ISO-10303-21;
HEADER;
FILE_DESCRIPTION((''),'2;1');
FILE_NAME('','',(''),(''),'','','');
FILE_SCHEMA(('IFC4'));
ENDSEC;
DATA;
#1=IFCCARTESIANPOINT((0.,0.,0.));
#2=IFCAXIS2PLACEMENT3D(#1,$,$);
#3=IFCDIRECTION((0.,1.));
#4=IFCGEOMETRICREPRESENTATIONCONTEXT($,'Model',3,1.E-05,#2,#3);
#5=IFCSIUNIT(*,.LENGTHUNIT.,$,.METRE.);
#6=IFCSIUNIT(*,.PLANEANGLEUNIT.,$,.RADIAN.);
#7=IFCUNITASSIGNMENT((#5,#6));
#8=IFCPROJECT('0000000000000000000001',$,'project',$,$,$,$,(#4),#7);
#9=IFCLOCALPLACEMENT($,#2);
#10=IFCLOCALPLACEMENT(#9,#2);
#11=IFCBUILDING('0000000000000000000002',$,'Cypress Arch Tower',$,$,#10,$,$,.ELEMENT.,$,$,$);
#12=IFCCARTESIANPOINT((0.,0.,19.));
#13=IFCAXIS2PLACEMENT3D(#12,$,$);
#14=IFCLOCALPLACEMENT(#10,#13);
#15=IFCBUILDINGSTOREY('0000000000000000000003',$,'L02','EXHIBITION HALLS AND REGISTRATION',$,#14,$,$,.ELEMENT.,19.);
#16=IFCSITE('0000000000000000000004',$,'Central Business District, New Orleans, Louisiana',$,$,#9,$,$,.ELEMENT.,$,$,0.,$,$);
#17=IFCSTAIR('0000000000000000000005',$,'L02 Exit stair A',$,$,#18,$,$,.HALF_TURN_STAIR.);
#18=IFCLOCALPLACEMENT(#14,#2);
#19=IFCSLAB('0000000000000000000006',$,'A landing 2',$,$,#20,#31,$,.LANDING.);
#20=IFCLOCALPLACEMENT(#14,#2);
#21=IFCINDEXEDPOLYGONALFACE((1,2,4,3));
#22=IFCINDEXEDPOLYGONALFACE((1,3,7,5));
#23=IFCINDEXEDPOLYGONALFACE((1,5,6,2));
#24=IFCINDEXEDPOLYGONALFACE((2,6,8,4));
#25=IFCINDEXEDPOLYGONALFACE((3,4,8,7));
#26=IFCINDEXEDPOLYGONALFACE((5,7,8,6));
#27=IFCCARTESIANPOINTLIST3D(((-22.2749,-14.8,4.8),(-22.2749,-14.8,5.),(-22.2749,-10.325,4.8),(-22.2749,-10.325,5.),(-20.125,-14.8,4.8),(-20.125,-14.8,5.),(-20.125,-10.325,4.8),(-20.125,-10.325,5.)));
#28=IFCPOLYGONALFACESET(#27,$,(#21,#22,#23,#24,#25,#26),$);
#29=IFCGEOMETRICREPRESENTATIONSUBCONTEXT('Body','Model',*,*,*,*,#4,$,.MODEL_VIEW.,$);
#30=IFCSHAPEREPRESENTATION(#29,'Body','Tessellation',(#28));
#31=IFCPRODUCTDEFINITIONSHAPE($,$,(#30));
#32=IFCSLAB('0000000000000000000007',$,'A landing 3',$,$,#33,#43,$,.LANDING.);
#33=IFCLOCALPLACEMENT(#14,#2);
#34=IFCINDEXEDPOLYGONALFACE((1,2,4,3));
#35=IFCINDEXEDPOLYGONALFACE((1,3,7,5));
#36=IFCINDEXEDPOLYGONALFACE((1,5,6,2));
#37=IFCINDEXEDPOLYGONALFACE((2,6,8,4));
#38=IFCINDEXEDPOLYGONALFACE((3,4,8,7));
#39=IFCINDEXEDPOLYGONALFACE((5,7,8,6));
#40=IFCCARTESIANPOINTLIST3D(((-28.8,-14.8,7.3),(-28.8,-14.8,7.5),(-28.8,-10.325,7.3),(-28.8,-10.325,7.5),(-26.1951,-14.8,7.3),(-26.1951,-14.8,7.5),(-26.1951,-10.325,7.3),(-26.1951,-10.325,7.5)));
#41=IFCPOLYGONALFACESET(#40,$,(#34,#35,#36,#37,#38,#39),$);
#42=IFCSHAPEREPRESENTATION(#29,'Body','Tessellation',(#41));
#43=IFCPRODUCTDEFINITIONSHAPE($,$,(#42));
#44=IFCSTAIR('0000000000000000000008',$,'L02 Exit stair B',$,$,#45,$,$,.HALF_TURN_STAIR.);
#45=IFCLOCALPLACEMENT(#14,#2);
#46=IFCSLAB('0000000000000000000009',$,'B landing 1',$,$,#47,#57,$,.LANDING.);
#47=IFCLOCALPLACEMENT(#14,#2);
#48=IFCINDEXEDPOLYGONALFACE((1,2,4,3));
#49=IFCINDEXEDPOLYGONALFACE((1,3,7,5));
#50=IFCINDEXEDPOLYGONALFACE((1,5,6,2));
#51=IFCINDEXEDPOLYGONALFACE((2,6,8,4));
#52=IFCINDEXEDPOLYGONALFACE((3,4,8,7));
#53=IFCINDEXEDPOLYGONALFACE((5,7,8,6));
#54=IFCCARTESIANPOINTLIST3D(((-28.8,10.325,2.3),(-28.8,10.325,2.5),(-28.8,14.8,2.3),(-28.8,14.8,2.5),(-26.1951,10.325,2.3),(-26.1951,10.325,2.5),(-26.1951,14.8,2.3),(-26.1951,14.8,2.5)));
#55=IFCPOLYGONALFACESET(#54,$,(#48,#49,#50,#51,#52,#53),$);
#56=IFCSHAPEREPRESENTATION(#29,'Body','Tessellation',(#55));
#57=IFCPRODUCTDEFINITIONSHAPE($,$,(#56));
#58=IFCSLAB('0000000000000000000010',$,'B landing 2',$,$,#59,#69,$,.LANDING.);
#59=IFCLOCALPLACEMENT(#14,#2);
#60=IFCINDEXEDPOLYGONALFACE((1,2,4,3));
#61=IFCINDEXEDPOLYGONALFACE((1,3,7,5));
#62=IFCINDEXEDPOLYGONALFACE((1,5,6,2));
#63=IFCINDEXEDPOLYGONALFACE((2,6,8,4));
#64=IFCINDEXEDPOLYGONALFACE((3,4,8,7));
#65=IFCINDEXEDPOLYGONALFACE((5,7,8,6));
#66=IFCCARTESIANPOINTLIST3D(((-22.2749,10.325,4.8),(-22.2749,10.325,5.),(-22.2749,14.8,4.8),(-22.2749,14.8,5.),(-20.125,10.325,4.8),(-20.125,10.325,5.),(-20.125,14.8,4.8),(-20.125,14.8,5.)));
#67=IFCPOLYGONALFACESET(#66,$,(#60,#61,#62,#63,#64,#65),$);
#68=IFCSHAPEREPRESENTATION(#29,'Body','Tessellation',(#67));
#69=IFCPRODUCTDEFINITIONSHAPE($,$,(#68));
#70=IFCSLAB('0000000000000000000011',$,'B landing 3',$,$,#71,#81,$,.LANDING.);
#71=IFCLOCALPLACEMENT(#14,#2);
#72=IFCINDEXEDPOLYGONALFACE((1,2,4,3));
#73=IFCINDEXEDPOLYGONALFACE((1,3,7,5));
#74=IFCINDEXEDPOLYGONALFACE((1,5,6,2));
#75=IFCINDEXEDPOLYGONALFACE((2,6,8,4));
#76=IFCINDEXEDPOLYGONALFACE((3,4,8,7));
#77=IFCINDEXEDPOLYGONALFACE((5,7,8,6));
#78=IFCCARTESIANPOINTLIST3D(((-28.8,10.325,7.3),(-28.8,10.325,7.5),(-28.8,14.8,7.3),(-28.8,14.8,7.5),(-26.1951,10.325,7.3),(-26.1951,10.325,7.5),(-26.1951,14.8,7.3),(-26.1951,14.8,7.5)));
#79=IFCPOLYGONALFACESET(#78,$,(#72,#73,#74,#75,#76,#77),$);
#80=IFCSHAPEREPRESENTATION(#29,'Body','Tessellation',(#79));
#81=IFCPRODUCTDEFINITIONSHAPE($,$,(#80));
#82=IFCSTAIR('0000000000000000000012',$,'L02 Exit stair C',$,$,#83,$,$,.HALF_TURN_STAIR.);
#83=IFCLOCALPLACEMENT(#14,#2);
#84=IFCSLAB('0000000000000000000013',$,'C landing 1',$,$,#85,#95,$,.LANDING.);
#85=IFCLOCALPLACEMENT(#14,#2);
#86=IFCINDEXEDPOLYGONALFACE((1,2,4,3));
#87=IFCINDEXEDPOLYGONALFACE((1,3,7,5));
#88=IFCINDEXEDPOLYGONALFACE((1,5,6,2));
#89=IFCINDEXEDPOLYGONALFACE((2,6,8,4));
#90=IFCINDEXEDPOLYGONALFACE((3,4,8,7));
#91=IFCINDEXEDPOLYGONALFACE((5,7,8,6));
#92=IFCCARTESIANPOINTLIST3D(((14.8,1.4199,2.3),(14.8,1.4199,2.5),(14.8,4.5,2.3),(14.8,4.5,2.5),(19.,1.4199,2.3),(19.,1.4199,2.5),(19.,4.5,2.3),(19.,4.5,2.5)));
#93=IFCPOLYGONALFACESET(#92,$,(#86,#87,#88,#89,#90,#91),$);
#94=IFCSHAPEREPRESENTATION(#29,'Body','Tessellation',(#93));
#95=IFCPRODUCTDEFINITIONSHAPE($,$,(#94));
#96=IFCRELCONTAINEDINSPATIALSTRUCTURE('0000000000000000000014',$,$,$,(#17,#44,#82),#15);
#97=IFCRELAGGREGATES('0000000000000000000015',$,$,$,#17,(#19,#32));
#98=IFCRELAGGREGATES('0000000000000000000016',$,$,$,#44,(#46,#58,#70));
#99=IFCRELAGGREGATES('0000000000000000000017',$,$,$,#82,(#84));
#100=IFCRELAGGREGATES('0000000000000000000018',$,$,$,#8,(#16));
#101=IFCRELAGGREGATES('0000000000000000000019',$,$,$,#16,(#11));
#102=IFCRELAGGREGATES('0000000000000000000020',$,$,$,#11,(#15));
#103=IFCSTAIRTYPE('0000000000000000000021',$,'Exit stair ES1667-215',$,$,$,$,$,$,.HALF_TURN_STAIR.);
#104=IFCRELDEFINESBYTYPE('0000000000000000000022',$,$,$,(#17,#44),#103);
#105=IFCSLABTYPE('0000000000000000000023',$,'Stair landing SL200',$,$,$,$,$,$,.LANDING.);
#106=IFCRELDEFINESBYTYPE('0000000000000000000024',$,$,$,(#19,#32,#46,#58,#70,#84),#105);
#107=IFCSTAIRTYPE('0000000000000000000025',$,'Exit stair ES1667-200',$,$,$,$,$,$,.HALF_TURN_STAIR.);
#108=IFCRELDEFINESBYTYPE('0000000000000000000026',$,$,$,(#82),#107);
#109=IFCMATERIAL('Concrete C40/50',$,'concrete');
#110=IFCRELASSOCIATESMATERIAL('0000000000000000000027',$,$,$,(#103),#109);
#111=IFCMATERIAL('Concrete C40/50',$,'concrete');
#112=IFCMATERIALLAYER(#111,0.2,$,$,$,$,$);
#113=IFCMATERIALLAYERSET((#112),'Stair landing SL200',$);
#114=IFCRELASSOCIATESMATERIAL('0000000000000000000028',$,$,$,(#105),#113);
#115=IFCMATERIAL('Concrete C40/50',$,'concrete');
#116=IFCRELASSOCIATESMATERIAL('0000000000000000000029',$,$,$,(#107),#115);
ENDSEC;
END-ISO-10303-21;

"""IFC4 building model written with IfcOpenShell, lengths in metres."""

from ifc_helpers import new_model, si_unit, direction, frame, origin, place, context, subcontext, project, spatial, polyline, outline, extrude, material, layer, layer_set, type_object, element, aggregate, save


model = new_model("IFC4")

# Units and contexts
model_context = context("Model", 3, precision=1e-05, world=origin(), true_north=direction((0.0, 1.0)))
body_context = subcontext(model_context, "Body", "Model", "MODEL_VIEW")
ifc_project = project(units=[si_unit("LENGTHUNIT", "METRE"), si_unit("PLANEANGLEUNIT", "RADIAN")], contexts=[model_context])

# Site, building, storey
site_placement = place(None, origin())
site = spatial("IfcSite", under=ifc_project, at=site_placement, Name="Central Business District, New Orleans, Louisiana", CompositionType="ELEMENT", RefElevation=0.0)
building_placement = place(site_placement, origin())
building = spatial("IfcBuilding", under=site, at=building_placement, Name="Cypress Arch Tower", CompositionType="ELEMENT")
storey_placement = place(building_placement, frame((0.0, 0.0, 19.0)))
storey = spatial("IfcBuildingStorey", under=building, at=storey_placement, Name="L02", Description="EXHIBITION HALLS AND REGISTRATION", CompositionType="ELEMENT", Elevation=19.0)

# Stairs, slabs
ifc_material_1 = material(Name="Concrete C40/50", Category="concrete")
stair_type_1 = type_object("IfcStairType", Name="Exit stair ES1667-215", PredefinedType="HALF_TURN_STAIR", material=ifc_material_1)
stair_1_placement = place(storey_placement, origin())
stair_1 = element("IfcStair", 1, at=stair_1_placement, inside=storey, type_object=stair_type_1, Name="L02 Exit stair A", PredefinedType="HALF_TURN_STAIR")
ifc_material_2 = material(Name="Concrete C40/50", Category="concrete")
ifc_layer_1 = layer(ifc_material_2, 0.2)
ifc_layer_set_1 = layer_set([ifc_layer_1], Name="Stair landing SL200")
slab_type_1 = type_object("IfcSlabType", Name="Stair landing SL200", PredefinedType="LANDING", material=ifc_layer_set_1)
slab_1_placement = place(storey_placement, frame((0.0, 0.0, 4.8)))
slab_1 = element("IfcSlab", 2, at=slab_1_placement, type_object=slab_type_1, Name="A landing 2", PredefinedType="LANDING", context=body_context, shape_type="SweptSolid", body=[
    extrude(outline(polyline([(-20.125, -10.325), (-22.2749, -10.325), (-22.2749, -14.8), (-20.125, -14.8), (-20.125, -10.325)])), origin(), (0.0, 0.0, 1.0), 0.2),
])
slab_2_placement = place(storey_placement, frame((0.0, 0.0, 7.3)))
slab_2 = element("IfcSlab", 3, at=slab_2_placement, type_object=slab_type_1, Name="A landing 3", PredefinedType="LANDING", context=body_context, shape_type="SweptSolid", body=[
    extrude(outline(polyline([(-26.1951, -10.325), (-28.8, -10.325), (-28.8, -14.8), (-26.1951, -14.8), (-26.1951, -10.325)])), origin(), (0.0, 0.0, 1.0), 0.2),
])
aggregate(stair_1, [slab_1, slab_2])
stair_2_placement = place(storey_placement, origin())
stair_2 = element("IfcStair", 4, at=stair_2_placement, inside=storey, type_object=stair_type_1, Name="L02 Exit stair B", PredefinedType="HALF_TURN_STAIR")
slab_3_placement = place(storey_placement, frame((0.0, 0.0, 2.3)))
slab_3 = element("IfcSlab", 5, at=slab_3_placement, type_object=slab_type_1, Name="B landing 1", PredefinedType="LANDING", context=body_context, shape_type="SweptSolid", body=[
    extrude(outline(polyline([(-26.1951, 14.8), (-28.8, 14.8), (-28.8, 10.325), (-26.1951, 10.325), (-26.1951, 14.8)])), origin(), (0.0, 0.0, 1.0), 0.2),
])
slab_4_placement = place(storey_placement, frame((0.0, 0.0, 4.8)))
slab_4 = element("IfcSlab", 6, at=slab_4_placement, type_object=slab_type_1, Name="B landing 2", PredefinedType="LANDING", context=body_context, shape_type="SweptSolid", body=[
    extrude(outline(polyline([(-20.125, 14.8), (-22.2749, 14.8), (-22.2749, 10.325), (-20.125, 10.325), (-20.125, 14.8)])), origin(), (0.0, 0.0, 1.0), 0.2),
])
slab_5_placement = place(storey_placement, frame((0.0, 0.0, 7.3)))
slab_5 = element("IfcSlab", 7, at=slab_5_placement, type_object=slab_type_1, Name="B landing 3", PredefinedType="LANDING", context=body_context, shape_type="SweptSolid", body=[
    extrude(outline(polyline([(-26.1951, 14.8), (-28.8, 14.8), (-28.8, 10.325), (-26.1951, 10.325), (-26.1951, 14.8)])), origin(), (0.0, 0.0, 1.0), 0.2),
])
aggregate(stair_2, [slab_3, slab_4, slab_5])

# Stair, slab
ifc_material_3 = material(Name="Concrete C40/50", Category="concrete")
stair_type_2 = type_object("IfcStairType", Name="Exit stair ES1667-200", PredefinedType="HALF_TURN_STAIR", material=ifc_material_3)
stair_3_placement = place(storey_placement, origin())
stair_3 = element("IfcStair", 8, at=stair_3_placement, inside=storey, type_object=stair_type_2, Name="L02 Exit stair C", PredefinedType="HALF_TURN_STAIR")
slab_6_placement = place(storey_placement, frame((0.0, 0.0, 2.3)))
slab_6 = element("IfcSlab", 9, at=slab_6_placement, type_object=slab_type_1, Name="C landing 1", PredefinedType="LANDING", context=body_context, shape_type="SweptSolid", body=[
    extrude(outline(polyline([(19.0, 1.4199), (19.0, 4.5), (14.8, 4.5), (14.8, 1.4199), (19.0, 1.4199)])), origin(), (0.0, 0.0, 1.0), 0.2),
])
aggregate(stair_3, [slab_6])

save(model, "model.ifc")
